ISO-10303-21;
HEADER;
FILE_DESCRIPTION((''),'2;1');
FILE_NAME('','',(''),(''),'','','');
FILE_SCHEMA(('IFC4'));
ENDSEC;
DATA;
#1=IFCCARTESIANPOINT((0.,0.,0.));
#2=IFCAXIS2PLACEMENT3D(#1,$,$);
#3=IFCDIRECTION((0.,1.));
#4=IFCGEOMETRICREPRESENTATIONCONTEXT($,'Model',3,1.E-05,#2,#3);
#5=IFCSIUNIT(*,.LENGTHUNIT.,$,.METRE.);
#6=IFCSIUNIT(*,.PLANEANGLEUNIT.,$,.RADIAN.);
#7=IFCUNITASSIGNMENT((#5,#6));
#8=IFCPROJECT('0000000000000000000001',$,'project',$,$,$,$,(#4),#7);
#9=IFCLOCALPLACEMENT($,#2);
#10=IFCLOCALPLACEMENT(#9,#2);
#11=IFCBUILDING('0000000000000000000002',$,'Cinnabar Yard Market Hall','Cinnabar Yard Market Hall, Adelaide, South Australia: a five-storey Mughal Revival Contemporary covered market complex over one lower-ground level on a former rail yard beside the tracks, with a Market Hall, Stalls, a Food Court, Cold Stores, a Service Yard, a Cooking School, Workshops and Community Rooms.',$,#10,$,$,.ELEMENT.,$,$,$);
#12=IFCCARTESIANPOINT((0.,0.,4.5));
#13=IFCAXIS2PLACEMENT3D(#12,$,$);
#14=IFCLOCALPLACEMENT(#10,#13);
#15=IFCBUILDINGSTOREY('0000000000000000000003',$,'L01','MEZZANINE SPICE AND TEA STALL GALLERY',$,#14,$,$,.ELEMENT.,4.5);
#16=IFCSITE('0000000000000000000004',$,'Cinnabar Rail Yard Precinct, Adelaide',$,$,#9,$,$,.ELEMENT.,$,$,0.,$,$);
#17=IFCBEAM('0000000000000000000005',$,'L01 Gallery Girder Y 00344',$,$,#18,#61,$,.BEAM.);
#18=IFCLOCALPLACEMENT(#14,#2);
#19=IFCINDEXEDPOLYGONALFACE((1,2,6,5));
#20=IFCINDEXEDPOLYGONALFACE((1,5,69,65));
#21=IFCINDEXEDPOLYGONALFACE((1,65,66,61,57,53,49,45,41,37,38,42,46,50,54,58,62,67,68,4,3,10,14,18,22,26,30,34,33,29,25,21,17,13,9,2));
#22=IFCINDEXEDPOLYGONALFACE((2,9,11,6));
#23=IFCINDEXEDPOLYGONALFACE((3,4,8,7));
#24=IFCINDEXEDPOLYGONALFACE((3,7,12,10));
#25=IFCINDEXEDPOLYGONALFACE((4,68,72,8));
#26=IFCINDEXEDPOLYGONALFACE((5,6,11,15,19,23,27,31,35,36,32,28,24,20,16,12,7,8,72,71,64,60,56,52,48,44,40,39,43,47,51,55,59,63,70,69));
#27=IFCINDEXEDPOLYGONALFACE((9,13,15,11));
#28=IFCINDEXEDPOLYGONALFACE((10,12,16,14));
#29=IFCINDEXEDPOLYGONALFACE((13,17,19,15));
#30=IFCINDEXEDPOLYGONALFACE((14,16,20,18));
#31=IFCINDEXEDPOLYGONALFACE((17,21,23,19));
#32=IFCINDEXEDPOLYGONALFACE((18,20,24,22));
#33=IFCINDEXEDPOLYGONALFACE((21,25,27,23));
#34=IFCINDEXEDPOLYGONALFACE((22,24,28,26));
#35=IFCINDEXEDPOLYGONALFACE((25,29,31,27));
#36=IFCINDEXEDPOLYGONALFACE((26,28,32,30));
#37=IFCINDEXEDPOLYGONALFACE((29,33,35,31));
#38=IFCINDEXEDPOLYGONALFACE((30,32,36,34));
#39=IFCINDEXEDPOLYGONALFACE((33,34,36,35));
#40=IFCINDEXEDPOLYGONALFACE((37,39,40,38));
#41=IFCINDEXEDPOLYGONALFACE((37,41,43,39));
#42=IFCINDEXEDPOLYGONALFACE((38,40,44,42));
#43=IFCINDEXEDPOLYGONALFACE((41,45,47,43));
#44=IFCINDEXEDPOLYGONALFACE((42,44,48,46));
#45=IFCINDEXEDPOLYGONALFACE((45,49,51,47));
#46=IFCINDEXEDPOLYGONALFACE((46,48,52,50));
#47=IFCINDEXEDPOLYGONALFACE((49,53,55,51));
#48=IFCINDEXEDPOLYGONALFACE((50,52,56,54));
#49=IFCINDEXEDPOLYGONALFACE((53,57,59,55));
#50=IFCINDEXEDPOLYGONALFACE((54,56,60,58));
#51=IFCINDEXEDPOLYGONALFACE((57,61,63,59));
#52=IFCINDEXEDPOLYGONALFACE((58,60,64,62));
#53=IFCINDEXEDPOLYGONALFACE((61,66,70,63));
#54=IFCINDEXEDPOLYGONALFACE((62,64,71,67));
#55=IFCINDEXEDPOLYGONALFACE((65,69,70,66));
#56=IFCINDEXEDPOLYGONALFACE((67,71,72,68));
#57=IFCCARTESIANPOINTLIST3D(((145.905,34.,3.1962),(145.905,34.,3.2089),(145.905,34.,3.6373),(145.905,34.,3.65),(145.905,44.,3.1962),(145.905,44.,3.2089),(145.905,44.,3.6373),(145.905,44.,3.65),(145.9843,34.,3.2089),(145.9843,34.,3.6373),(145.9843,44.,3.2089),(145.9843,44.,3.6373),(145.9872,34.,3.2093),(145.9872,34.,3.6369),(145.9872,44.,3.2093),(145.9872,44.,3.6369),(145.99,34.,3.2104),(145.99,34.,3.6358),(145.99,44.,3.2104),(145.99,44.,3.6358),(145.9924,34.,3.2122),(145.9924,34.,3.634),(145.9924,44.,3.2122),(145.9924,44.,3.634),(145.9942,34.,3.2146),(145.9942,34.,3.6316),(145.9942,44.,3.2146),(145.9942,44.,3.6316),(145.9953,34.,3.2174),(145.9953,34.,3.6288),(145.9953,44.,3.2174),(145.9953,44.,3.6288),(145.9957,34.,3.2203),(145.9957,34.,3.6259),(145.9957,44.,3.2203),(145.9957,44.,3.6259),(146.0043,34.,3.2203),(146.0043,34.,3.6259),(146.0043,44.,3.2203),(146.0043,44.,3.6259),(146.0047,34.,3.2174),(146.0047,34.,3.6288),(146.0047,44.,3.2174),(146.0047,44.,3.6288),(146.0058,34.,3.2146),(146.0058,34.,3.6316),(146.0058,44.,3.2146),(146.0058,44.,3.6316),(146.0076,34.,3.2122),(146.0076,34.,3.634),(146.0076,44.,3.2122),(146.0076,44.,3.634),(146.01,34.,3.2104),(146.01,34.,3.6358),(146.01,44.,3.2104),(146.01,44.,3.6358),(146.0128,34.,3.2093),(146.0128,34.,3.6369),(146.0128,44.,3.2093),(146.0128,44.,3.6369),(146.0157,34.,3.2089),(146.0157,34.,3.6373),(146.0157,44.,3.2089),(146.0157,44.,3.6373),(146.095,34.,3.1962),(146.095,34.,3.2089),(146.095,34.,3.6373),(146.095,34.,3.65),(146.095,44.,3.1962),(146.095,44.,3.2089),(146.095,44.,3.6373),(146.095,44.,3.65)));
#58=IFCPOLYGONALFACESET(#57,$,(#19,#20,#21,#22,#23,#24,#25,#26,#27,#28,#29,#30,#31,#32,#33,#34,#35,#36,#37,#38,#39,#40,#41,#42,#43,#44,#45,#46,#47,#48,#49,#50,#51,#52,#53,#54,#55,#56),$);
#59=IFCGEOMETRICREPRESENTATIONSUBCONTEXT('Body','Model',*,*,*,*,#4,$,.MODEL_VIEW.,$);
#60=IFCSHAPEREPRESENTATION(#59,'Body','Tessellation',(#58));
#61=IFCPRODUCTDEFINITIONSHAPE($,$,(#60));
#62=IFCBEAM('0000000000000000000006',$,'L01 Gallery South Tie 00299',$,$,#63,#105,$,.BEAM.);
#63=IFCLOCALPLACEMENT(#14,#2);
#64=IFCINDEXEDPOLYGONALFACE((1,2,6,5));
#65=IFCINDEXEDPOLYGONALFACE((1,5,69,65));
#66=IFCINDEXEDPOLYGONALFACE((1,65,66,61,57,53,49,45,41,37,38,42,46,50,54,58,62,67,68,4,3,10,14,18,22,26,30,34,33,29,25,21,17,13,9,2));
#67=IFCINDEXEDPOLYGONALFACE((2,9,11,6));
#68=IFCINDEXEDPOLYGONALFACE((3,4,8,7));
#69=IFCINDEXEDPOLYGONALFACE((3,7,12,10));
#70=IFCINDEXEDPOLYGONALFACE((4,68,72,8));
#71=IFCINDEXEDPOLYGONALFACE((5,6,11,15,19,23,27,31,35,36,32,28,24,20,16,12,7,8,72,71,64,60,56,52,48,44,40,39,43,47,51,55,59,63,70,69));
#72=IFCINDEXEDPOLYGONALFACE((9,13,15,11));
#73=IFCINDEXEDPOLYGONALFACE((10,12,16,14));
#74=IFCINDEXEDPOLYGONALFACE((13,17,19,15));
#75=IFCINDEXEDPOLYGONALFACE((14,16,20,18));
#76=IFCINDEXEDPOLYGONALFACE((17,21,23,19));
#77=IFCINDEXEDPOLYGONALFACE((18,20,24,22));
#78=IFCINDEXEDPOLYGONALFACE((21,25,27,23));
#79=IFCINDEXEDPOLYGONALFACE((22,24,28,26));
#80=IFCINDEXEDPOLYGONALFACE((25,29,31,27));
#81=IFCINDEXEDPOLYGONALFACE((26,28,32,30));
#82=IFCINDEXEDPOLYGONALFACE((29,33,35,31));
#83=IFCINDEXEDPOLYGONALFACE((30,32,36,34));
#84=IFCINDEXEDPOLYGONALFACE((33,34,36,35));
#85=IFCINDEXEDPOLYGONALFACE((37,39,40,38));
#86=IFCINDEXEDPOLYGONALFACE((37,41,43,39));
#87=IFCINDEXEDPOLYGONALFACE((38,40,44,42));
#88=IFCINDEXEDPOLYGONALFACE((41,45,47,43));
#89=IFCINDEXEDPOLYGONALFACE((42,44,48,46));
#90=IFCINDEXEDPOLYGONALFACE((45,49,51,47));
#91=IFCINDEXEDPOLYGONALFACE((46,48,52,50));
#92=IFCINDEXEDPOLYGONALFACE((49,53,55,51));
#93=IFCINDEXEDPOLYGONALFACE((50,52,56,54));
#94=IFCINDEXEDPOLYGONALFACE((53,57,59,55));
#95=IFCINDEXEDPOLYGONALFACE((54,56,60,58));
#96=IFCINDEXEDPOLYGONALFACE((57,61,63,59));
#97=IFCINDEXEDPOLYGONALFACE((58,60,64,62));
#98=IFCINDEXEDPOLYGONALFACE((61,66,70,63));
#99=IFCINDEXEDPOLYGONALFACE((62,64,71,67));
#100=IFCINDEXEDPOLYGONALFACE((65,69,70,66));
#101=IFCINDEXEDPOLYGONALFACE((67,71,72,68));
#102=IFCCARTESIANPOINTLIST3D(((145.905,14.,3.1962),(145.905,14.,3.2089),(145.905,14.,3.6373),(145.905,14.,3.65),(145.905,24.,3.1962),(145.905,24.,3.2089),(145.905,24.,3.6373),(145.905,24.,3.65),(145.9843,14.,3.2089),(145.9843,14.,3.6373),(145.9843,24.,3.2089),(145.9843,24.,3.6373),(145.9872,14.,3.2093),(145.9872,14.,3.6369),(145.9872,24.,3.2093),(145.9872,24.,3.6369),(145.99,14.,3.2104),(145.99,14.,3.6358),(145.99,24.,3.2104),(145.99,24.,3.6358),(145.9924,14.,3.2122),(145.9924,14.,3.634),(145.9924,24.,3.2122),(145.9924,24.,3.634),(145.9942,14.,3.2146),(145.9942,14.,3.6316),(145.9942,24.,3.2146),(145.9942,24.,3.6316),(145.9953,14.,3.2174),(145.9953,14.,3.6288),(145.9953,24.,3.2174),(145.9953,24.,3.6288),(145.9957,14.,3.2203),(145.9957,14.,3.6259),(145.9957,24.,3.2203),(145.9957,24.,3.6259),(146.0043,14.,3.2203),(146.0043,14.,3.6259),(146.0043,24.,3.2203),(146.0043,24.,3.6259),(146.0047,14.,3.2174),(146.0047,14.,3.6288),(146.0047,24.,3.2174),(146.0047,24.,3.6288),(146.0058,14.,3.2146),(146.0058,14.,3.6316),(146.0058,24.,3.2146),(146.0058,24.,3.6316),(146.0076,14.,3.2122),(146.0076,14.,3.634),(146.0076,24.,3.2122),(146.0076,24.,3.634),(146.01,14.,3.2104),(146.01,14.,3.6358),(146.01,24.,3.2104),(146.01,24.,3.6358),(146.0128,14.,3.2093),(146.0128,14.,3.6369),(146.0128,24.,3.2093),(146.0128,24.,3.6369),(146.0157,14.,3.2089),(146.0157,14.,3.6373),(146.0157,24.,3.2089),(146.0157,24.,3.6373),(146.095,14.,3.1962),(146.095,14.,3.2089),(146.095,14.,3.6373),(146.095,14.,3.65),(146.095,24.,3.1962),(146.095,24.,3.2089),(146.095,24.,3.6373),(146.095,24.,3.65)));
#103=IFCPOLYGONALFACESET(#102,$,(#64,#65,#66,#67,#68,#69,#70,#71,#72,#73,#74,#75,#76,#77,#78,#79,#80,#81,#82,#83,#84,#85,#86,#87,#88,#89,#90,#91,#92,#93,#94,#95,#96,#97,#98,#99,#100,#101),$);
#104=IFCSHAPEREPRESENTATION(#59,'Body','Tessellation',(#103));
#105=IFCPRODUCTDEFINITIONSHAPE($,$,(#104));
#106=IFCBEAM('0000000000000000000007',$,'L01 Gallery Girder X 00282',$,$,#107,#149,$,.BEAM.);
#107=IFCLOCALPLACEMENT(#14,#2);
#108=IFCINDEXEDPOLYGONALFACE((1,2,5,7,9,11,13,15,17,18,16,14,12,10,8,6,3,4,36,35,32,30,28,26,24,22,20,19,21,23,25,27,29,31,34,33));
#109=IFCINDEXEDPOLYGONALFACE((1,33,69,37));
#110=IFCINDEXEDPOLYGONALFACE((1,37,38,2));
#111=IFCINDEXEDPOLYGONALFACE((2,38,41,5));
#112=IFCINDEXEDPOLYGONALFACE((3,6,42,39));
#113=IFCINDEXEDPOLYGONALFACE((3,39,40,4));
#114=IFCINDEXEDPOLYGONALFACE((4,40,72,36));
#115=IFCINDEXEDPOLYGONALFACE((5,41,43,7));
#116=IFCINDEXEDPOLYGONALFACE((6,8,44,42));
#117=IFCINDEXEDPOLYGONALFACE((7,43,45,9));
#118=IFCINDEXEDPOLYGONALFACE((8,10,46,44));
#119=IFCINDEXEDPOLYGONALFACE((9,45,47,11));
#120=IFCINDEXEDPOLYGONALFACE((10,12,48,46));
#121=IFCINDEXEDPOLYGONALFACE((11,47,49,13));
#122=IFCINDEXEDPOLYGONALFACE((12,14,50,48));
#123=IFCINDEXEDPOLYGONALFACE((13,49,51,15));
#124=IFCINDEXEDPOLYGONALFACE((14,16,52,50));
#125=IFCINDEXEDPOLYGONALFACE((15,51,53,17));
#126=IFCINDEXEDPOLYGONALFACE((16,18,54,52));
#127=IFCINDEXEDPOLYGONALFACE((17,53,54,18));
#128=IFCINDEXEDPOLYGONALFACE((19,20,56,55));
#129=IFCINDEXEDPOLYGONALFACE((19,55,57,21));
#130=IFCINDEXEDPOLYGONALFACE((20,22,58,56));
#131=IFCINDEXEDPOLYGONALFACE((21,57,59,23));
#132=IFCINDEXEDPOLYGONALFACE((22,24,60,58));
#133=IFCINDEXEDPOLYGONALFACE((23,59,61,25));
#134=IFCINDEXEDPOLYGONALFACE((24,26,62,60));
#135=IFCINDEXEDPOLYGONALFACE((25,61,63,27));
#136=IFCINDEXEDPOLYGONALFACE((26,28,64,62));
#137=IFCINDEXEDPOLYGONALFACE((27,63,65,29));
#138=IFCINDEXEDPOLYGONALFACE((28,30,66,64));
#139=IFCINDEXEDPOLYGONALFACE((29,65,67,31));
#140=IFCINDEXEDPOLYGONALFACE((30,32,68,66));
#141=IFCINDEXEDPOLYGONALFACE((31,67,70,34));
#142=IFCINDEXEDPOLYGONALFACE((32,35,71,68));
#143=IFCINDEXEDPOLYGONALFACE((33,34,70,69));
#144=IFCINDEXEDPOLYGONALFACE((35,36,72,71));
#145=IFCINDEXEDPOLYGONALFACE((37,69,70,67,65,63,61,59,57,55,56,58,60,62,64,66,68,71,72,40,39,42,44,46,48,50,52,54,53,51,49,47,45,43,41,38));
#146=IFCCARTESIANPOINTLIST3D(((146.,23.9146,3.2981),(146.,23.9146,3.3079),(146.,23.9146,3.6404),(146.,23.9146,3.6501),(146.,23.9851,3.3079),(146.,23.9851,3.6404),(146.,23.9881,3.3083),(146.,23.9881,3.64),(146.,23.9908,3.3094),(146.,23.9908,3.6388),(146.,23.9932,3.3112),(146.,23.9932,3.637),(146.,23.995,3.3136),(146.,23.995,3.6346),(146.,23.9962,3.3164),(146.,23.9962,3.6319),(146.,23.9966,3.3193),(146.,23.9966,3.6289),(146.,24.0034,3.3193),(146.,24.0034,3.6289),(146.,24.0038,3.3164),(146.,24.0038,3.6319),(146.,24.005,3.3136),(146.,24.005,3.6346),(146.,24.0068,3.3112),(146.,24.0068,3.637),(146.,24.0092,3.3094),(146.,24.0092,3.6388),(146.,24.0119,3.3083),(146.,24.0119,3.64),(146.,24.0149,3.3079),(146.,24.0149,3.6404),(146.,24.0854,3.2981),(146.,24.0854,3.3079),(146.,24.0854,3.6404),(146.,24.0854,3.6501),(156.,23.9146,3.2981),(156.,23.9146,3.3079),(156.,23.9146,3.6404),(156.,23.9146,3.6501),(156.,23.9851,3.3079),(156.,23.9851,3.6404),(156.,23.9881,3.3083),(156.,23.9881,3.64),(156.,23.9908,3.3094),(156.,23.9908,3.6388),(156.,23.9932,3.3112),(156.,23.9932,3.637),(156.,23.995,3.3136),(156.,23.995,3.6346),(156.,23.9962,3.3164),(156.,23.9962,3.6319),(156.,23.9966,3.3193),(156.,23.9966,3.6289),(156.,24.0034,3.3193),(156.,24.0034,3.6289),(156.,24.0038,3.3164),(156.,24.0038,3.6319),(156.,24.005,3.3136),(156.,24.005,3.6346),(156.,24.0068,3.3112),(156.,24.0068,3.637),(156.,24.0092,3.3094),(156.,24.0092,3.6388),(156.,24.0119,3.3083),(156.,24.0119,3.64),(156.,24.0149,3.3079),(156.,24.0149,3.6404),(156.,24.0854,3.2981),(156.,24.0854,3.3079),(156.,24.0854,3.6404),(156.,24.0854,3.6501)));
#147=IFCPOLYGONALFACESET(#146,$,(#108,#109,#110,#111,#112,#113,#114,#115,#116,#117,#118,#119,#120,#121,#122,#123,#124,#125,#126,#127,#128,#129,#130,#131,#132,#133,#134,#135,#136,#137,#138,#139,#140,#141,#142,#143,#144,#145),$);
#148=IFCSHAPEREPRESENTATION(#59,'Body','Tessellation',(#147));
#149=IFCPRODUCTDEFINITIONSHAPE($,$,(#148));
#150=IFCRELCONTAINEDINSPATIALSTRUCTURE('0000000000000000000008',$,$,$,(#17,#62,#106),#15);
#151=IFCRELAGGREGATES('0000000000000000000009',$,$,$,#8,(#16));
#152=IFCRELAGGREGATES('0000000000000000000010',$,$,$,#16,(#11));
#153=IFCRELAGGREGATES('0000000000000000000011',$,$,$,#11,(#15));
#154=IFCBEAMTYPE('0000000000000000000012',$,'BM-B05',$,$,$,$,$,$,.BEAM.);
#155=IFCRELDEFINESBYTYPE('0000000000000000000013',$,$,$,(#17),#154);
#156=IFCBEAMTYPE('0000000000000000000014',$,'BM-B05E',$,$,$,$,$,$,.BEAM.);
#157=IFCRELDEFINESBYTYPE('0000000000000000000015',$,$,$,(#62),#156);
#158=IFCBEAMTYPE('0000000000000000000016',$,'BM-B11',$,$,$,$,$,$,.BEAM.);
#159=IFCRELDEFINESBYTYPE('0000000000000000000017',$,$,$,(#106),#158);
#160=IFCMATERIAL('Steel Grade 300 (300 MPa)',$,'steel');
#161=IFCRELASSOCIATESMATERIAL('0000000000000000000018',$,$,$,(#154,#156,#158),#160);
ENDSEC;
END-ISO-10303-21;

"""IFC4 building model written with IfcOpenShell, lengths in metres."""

from ifc_helpers import new_model, si_unit, direction, frame, origin, origin_2d_with_axis, place, context, subcontext, project, spatial, i_section, extrude, material, material_profile, profile_set, type_object, element, save


model = new_model("IFC4")

# Units and contexts
model_context = context("Model", 3, precision=1e-05, world=origin(), true_north=direction((0.0, 1.0)))
body_context = subcontext(model_context, "Body", "Model", "MODEL_VIEW")
ifc_project = project(units=[si_unit("LENGTHUNIT", "METRE"), si_unit("PLANEANGLEUNIT", "RADIAN")], contexts=[model_context])

# Site, building, storey
site_placement = place(None, origin())
site = spatial("IfcSite", under=ifc_project, at=site_placement, Name="Cinnabar Rail Yard Precinct, Adelaide", CompositionType="ELEMENT", RefElevation=0.0)
building_placement = place(site_placement, origin())
building = spatial("IfcBuilding", under=site, at=building_placement, Name="Cinnabar Yard Market Hall", Description="Cinnabar Yard Market Hall, Adelaide, South Australia: a five-storey Mughal Revival Contemporary covered market complex over one lower-ground level on a former rail yard beside the tracks, with a Market Hall, Stalls, a Food Court, Cold Stores, a Service Yard, a Cooking School, Workshops and Community Rooms.", CompositionType="ELEMENT")
storey_placement = place(building_placement, frame((0.0, 0.0, 4.5)))
storey = spatial("IfcBuildingStorey", under=building, at=storey_placement, Name="L01", Description="MEZZANINE SPICE AND TEA STALL GALLERY", CompositionType="ELEMENT", Elevation=4.5)

# Beams
ifc_material_1 = material(Name="Steel Grade 300 (300 MPa)", Category="steel")
ifc_material_profile_1 = material_profile(ifc_material_1, i_section(OverallWidth=0.1899, OverallDepth=0.4539, WebThickness=0.0085, FlangeThickness=0.0127, FilletRadius=0.0115, at=origin_2d_with_axis()), Name="460UB67.1")
ifc_profile_set_1 = profile_set([ifc_material_profile_1], Name="Steel Grade 300 (300 MPa)")
beam_type_1 = type_object("IfcBeamType", Name="BM-B05", PredefinedType="BEAM", material=ifc_profile_set_1)
for number, where, z_axis, x_axis, name in (
    (1, (146.0, 34.0, 3.4231), (0.0, 1.0, 0.0), (-1.0, 0.0, 0.0), "L01 Gallery Girder Y 00344"),
):
    element("IfcBeam", number, at=place(storey_placement, frame(where, z_axis=z_axis, x_axis=x_axis)), inside=storey, type_object=beam_type_1, Name=name, PredefinedType="BEAM", context=body_context, shape_type="SweptSolid", body=[
        extrude(i_section(OverallWidth=0.1899, OverallDepth=0.4539, WebThickness=0.0085, FlangeThickness=0.0127, FilletRadius=0.0115, at=origin_2d_with_axis()), origin(), (0.0, 0.0, 1.0), 10.0),
    ])
ifc_material_profile_2 = material_profile(ifc_material_1, i_section(OverallWidth=0.1899, OverallDepth=0.4539, WebThickness=0.0085, FlangeThickness=0.0127, FilletRadius=0.0115, at=origin_2d_with_axis()), Name="460UB67.1")
ifc_profile_set_2 = profile_set([ifc_material_profile_2], Name="Steel Grade 300 (300 MPa)")
beam_type_2 = type_object("IfcBeamType", Name="BM-B05E", PredefinedType="BEAM", material=ifc_profile_set_2)
beam_1_placement = place(storey_placement, frame((146.0, 24.0, 3.4231), z_axis=(0.0, -1.0, 0.0), x_axis=(1.0, 0.0, 0.0)))
element("IfcBeam", 2, at=beam_1_placement, inside=storey, type_object=beam_type_2, Name="L01 Gallery South Tie 00299", PredefinedType="BEAM", context=body_context, shape_type="SweptSolid", body=[
    extrude(i_section(OverallWidth=0.1899, OverallDepth=0.4539, WebThickness=0.0085, FlangeThickness=0.0127, FilletRadius=0.0115, at=origin_2d_with_axis()), origin(), (0.0, 0.0, 1.0), 10.0),
])
ifc_material_profile_3 = material_profile(ifc_material_1, i_section(OverallWidth=0.1709, OverallDepth=0.3521, WebThickness=0.0068, FlangeThickness=0.0098, FilletRadius=0.0115, at=origin_2d_with_axis()), Name="360UB44.7")
ifc_profile_set_3 = profile_set([ifc_material_profile_3], Name="Steel Grade 300 (300 MPa)")
beam_type_3 = type_object("IfcBeamType", Name="BM-B11", PredefinedType="BEAM", material=ifc_profile_set_3)
beam_2_placement = place(storey_placement, frame((146.0, 24.0, 3.4741), z_axis=(1.0, 0.0, 0.0), x_axis=(0.0, 1.0, 0.0)))
element("IfcBeam", 3, at=beam_2_placement, inside=storey, type_object=beam_type_3, Name="L01 Gallery Girder X 00282", PredefinedType="BEAM", context=body_context, shape_type="SweptSolid", body=[
    extrude(i_section(OverallWidth=0.1709, OverallDepth=0.3521, WebThickness=0.0068, FlangeThickness=0.0098, FilletRadius=0.0115, at=origin_2d_with_axis()), origin(), (0.0, 0.0, 1.0), 10.0),
])

save(model, "model.ifc")
